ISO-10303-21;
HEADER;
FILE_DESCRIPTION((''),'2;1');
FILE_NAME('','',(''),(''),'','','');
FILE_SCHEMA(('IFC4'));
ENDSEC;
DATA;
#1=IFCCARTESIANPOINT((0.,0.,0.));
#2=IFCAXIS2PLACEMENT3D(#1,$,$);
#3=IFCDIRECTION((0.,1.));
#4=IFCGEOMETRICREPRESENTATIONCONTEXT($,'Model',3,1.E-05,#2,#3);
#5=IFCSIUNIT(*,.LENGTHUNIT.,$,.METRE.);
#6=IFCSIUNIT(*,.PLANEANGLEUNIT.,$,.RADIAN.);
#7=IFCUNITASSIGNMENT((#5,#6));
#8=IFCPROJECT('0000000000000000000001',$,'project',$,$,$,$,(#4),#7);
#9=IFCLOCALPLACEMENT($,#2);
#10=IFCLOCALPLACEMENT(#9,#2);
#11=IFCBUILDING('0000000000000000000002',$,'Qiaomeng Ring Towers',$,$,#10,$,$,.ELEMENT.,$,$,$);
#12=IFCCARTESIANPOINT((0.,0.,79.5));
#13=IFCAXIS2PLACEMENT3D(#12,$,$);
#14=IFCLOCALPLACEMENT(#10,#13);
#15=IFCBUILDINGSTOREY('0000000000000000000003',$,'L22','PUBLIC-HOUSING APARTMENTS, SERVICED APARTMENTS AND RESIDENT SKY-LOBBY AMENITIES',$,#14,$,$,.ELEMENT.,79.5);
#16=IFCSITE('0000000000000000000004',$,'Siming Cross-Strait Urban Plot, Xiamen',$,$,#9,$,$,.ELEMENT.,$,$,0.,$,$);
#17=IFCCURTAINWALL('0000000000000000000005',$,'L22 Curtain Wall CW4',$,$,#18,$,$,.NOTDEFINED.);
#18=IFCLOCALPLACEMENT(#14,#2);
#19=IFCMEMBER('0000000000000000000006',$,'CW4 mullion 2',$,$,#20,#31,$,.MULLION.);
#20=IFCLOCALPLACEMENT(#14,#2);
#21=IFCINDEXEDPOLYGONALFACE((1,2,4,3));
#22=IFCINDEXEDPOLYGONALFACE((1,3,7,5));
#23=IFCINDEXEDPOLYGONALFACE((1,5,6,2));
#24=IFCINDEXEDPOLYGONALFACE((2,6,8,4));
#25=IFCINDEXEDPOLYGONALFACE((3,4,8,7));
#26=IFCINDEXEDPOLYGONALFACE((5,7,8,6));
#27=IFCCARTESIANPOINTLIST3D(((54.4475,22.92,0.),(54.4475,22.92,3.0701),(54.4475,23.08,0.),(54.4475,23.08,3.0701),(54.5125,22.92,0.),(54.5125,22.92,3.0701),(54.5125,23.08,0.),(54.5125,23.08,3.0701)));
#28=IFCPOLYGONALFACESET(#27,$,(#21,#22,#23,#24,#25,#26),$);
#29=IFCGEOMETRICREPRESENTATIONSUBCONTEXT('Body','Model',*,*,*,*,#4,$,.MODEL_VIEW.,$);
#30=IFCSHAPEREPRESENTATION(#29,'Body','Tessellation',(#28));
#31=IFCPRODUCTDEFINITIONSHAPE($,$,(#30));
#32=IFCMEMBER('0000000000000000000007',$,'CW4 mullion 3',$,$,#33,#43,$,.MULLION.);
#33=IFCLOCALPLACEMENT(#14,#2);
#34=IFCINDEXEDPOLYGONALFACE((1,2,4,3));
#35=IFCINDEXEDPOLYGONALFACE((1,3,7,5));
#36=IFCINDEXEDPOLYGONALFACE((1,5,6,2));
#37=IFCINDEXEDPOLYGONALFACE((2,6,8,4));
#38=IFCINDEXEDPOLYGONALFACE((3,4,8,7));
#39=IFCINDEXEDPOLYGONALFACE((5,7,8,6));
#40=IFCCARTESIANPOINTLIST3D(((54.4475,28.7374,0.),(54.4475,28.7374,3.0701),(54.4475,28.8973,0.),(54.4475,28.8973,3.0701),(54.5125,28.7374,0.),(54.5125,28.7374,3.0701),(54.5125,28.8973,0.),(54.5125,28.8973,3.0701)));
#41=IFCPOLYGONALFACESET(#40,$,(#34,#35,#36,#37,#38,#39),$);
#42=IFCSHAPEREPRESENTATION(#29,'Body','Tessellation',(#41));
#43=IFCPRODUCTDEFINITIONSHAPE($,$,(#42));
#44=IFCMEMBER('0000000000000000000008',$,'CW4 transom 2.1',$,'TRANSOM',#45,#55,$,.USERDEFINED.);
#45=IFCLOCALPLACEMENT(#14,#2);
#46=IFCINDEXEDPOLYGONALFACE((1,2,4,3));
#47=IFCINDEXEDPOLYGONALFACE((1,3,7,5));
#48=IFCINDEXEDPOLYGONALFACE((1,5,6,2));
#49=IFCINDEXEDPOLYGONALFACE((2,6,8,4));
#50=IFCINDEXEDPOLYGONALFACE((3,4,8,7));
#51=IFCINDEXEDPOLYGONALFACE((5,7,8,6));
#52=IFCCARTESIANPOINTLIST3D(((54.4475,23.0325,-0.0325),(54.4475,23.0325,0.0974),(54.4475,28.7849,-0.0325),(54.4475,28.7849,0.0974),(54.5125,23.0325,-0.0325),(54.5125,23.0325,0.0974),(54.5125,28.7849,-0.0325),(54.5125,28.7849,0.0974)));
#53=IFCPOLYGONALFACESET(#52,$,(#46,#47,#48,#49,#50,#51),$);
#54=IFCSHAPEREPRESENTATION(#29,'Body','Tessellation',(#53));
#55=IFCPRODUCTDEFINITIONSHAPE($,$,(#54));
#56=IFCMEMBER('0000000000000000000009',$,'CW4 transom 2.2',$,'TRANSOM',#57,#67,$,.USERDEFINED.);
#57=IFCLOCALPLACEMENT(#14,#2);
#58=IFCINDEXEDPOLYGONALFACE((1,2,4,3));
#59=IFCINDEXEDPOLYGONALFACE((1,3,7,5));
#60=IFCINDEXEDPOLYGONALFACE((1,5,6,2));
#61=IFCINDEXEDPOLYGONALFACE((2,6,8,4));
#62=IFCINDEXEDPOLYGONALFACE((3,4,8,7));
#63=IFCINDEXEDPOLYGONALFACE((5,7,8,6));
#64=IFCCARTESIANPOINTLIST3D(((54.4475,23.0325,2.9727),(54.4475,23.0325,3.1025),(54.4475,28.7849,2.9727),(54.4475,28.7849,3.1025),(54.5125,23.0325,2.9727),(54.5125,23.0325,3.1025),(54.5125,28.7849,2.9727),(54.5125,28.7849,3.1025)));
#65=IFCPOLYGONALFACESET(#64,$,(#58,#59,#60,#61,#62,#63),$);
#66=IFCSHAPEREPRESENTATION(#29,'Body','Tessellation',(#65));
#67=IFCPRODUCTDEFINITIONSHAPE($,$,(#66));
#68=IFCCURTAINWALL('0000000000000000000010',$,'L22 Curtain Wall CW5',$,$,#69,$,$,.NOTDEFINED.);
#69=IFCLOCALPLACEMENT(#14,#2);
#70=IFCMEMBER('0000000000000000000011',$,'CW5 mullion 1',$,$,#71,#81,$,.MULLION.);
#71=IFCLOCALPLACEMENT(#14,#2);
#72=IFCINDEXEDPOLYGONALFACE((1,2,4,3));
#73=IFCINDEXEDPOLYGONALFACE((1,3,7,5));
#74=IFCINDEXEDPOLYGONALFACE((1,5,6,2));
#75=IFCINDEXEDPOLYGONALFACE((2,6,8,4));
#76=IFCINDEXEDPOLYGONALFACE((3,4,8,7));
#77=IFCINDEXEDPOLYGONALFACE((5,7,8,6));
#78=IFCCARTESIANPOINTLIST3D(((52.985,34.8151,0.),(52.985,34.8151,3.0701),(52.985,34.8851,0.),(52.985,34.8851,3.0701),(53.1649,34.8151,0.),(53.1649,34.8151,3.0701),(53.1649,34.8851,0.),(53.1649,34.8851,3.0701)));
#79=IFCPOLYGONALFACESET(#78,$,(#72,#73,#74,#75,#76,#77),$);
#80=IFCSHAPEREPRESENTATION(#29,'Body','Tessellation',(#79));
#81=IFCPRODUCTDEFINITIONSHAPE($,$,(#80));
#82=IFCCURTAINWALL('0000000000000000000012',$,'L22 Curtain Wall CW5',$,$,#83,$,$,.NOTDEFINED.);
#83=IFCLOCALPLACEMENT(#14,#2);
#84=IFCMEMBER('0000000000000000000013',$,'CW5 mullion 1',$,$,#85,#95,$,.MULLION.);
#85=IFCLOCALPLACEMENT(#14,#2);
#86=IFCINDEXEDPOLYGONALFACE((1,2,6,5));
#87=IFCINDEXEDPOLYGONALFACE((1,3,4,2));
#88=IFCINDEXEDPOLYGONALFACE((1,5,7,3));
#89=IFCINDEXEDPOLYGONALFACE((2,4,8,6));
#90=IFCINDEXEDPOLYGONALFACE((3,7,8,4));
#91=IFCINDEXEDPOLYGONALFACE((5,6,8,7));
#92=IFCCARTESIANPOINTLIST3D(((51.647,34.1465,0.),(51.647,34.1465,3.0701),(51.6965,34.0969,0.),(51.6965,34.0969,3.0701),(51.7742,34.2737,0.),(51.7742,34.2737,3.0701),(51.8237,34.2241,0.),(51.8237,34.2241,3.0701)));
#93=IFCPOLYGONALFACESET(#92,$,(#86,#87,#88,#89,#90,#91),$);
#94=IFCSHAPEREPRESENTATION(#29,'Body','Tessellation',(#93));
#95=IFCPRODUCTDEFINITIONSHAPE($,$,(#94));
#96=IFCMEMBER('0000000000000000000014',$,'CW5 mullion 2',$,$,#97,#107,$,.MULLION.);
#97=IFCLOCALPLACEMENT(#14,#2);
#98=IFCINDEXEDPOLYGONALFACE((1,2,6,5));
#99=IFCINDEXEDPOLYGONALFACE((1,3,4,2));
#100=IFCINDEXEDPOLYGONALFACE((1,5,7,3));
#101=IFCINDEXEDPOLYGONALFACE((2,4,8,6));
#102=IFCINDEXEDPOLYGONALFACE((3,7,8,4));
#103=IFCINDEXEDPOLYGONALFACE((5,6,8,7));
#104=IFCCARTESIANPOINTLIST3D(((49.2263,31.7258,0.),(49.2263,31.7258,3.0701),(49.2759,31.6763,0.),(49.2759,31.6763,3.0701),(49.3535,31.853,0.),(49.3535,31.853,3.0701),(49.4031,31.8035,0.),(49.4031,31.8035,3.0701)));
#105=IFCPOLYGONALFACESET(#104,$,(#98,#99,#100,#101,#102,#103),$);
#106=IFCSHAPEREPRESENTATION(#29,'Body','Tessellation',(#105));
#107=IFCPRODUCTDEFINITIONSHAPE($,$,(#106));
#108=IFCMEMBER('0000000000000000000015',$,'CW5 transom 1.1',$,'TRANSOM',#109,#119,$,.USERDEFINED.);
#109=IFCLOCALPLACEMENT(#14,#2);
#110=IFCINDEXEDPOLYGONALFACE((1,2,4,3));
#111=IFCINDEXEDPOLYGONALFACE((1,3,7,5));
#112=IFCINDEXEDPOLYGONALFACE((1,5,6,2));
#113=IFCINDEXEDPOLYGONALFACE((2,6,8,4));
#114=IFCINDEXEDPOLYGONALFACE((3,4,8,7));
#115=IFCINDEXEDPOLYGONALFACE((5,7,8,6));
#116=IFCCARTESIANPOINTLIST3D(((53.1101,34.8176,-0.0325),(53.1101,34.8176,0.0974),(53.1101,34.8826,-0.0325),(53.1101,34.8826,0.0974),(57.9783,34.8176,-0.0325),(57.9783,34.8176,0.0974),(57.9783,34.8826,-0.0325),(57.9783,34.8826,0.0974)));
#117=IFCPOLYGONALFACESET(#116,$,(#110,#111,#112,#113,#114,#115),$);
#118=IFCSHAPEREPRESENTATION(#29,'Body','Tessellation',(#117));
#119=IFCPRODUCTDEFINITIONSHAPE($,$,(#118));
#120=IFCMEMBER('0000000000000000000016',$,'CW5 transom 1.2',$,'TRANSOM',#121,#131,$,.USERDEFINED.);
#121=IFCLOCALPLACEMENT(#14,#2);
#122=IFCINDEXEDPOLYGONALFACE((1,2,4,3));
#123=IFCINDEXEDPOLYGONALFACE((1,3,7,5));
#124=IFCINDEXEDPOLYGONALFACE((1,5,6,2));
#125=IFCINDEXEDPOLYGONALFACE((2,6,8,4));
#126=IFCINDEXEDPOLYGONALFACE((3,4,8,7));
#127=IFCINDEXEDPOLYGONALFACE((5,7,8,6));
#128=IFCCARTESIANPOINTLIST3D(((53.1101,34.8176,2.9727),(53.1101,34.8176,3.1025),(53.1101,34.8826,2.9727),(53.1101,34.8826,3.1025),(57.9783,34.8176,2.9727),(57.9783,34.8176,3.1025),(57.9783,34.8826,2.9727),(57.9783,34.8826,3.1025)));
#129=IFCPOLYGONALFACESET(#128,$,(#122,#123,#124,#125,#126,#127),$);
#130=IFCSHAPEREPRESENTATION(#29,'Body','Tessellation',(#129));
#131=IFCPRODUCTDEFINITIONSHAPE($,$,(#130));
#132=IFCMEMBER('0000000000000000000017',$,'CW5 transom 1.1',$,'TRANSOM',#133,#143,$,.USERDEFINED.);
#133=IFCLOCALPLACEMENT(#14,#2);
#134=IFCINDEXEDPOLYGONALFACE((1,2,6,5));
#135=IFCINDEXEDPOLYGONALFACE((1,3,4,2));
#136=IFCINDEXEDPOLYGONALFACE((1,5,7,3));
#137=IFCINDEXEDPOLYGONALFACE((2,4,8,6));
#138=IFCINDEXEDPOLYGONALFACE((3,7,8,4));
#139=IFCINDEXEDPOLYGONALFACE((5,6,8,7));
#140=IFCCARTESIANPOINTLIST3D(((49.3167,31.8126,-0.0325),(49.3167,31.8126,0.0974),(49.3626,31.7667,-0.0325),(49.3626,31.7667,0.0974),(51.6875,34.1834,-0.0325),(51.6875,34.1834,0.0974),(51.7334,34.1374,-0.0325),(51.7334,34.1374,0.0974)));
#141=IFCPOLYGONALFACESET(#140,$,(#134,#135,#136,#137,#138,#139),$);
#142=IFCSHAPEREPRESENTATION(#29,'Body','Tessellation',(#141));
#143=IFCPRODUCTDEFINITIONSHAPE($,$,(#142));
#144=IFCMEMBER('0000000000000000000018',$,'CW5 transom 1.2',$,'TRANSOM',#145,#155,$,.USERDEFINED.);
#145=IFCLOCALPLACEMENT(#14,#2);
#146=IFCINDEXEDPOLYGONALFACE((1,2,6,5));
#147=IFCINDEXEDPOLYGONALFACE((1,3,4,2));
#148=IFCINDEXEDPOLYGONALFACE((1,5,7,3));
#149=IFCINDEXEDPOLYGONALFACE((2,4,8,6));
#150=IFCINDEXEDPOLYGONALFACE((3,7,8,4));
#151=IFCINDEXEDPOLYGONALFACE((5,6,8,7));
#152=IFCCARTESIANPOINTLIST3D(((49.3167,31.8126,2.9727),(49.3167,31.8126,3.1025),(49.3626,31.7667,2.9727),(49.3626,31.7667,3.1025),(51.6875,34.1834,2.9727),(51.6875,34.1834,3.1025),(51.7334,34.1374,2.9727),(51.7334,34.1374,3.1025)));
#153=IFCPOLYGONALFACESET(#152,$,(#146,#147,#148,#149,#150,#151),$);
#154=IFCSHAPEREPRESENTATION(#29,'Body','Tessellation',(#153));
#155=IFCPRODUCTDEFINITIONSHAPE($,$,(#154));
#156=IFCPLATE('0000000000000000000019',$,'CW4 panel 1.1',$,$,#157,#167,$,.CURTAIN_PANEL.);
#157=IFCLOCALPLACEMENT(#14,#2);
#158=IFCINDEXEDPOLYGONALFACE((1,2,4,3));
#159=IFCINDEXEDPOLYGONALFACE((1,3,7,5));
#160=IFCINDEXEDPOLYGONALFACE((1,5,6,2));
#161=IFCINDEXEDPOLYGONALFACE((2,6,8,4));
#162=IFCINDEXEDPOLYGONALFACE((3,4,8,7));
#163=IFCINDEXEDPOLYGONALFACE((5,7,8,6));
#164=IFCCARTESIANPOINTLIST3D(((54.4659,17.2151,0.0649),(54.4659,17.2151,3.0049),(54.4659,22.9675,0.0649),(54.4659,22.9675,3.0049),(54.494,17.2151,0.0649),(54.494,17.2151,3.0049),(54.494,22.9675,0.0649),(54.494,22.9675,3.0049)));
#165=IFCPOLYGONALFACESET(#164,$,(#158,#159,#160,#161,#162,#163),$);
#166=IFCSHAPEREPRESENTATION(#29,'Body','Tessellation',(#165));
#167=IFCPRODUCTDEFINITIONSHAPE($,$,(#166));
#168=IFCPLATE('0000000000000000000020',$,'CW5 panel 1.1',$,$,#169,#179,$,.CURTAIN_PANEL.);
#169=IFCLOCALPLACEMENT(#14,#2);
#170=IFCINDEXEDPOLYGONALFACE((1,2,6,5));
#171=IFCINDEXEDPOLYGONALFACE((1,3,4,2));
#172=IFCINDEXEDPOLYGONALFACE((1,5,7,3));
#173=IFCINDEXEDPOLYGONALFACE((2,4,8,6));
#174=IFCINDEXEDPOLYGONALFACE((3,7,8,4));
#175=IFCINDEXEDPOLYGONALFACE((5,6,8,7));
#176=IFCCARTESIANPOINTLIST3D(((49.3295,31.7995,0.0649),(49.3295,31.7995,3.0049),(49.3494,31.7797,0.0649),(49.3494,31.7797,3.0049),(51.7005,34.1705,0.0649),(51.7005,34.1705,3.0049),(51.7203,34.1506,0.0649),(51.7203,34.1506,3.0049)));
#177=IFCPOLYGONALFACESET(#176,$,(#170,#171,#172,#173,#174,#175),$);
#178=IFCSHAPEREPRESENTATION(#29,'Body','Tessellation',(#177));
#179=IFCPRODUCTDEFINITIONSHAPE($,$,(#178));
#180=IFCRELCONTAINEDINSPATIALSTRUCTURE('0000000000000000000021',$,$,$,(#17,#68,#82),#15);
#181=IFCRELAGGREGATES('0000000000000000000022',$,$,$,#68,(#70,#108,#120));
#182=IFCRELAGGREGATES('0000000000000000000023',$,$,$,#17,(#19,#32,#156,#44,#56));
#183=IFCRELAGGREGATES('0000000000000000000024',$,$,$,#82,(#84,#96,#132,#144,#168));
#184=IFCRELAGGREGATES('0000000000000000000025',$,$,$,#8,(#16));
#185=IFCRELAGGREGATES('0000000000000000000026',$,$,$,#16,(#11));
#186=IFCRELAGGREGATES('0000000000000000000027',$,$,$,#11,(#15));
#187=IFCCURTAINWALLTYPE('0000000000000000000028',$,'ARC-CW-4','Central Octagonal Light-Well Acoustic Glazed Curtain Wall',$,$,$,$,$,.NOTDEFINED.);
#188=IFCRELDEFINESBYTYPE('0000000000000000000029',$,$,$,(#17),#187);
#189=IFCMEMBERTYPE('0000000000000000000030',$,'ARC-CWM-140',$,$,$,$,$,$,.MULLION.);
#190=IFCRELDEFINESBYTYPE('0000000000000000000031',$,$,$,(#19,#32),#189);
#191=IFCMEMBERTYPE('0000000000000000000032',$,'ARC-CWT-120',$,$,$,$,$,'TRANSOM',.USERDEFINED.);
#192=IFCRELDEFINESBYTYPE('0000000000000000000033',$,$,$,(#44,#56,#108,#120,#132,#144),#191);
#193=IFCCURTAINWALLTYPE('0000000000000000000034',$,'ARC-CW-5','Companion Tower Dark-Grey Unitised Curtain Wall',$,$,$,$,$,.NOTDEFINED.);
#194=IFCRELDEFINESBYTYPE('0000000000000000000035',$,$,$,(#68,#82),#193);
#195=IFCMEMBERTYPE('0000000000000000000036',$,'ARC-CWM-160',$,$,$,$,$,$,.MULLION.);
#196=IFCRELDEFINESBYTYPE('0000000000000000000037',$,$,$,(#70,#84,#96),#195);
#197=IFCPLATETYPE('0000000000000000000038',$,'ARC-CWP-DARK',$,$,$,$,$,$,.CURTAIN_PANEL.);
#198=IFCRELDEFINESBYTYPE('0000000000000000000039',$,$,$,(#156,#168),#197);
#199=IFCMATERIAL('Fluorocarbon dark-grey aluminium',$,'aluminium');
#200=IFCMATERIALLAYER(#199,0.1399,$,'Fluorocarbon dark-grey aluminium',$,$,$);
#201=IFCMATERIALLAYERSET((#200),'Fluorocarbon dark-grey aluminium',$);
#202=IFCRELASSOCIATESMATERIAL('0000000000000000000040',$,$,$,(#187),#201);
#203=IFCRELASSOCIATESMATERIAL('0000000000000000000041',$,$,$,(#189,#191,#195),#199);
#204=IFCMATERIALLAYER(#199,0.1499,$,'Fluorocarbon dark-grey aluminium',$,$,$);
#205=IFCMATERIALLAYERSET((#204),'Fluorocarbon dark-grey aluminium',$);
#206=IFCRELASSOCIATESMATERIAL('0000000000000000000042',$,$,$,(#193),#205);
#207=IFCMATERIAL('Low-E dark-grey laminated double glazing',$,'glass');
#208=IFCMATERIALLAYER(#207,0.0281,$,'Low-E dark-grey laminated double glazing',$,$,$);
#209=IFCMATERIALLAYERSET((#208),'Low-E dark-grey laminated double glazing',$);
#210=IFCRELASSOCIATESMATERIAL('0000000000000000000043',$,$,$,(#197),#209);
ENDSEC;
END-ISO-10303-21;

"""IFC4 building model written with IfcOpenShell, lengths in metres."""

from ifc_helpers import new_model, si_unit, direction, frame, origin, origin_2d, place, context, subcontext, project, spatial, rectangle, extrude, source, transform, mapped, material, layer, layer_set, material_profile, profile_set, type_object, element, aggregate, save


model = new_model("IFC4")

# Units and contexts
model_context = context("Model", 3, precision=1e-05, world=origin(), true_north=direction((0.0, 1.0)))
body_context = subcontext(model_context, "Body", "Model", "MODEL_VIEW")
ifc_project = project(units=[si_unit("LENGTHUNIT", "METRE"), si_unit("PLANEANGLEUNIT", "RADIAN")], contexts=[model_context])

# Site, building, storey
site_placement = place(None, origin())
site = spatial("IfcSite", under=ifc_project, at=site_placement, Name="Siming Cross-Strait Urban Plot, Xiamen", CompositionType="ELEMENT", RefElevation=0.0)
building_placement = place(site_placement, origin())
building = spatial("IfcBuilding", under=site, at=building_placement, Name="Qiaomeng Ring Towers", CompositionType="ELEMENT")
storey_placement = place(building_placement, frame((0.0, 0.0, 79.5)))
storey = spatial("IfcBuildingStorey", under=building, at=storey_placement, Name="L22", Description="PUBLIC-HOUSING APARTMENTS, SERVICED APARTMENTS AND RESIDENT SKY-LOBBY AMENITIES", CompositionType="ELEMENT", Elevation=79.5)

# Curtain wall, members
ifc_material_1 = material(Name="Fluorocarbon dark-grey aluminium", Category="aluminium")
ifc_layer_1 = layer(ifc_material_1, 0.1399, Name="Fluorocarbon dark-grey aluminium")
ifc_layer_set_1 = layer_set([ifc_layer_1], Name="Fluorocarbon dark-grey aluminium")
curtain_wall_type_1 = type_object("IfcCurtainWallType", Name="ARC-CW-4", Description="Central Octagonal Light-Well Acoustic Glazed Curtain Wall", PredefinedType="NOTDEFINED", material=ifc_layer_set_1)
curtain_wall_1_placement = place(storey_placement, origin())
curtain_wall_1 = element("IfcCurtainWall", 1, at=curtain_wall_1_placement, inside=storey, type_object=curtain_wall_type_1, Name="L22 Curtain Wall CW4", PredefinedType="NOTDEFINED")
ifc_material_profile_1 = material_profile(ifc_material_1, rectangle(XDim=0.0649, YDim=0.1599, at=origin_2d()), Name="ALU MULL 65x160")
ifc_profile_set_1 = profile_set([ifc_material_profile_1], Name="Fluorocarbon dark-grey aluminium")
member_type_1 = type_object("IfcMemberType", Name="ARC-CWM-140", PredefinedType="MULLION", material=ifc_profile_set_1)
shared_shape_1 = source(origin(), body_context, "Body", "SweptSolid", [
    extrude(rectangle(XDim=0.0649, YDim=0.1599, at=origin_2d()), origin(), (0.0, 0.0, 1.0), 3.0701),
])
member_1_placement = place(storey_placement, frame((54.48, 23.0, 0.0), z_axis=(0.0, 0.0, 1.0), x_axis=(-1.0, 0.0, 0.0)))
member_1 = element("IfcMember", 2, at=member_1_placement, type_object=member_type_1, Name="CW4 mullion 2", PredefinedType="MULLION", context=body_context, shape_type="MappedRepresentation", body=[
    mapped(shared_shape_1, transform((0.0, 0.0, 0.0), x_axis=(1.0, 0.0, 0.0), y_axis=(0.0, 1.0, 0.0), z_axis=(0.0, 0.0, 1.0), scale=1.0)),
])
member_2_placement = place(storey_placement, frame((54.48, 28.8174, 0.0), z_axis=(0.0, 0.0, 1.0), x_axis=(-1.0, 0.0, 0.0)))
member_2 = element("IfcMember", 3, at=member_2_placement, type_object=member_type_1, Name="CW4 mullion 3", PredefinedType="MULLION", context=body_context, shape_type="MappedRepresentation", body=[
    mapped(shared_shape_1, transform((0.0, 0.0, 0.0), x_axis=(1.0, 0.0, 0.0), y_axis=(0.0, 1.0, 0.0), z_axis=(0.0, 0.0, 1.0), scale=1.0)),
])
ifc_material_profile_2 = material_profile(ifc_material_1, rectangle(XDim=0.0649, YDim=0.1299, at=origin_2d()), Name="ALU TRAN 65x130")
ifc_profile_set_2 = profile_set([ifc_material_profile_2], Name="Fluorocarbon dark-grey aluminium")
member_type_2 = type_object("IfcMemberType", Name="ARC-CWT-120", ElementType="TRANSOM", PredefinedType="USERDEFINED", material=ifc_profile_set_2)
shared_shape_2 = source(origin(), body_context, "Body", "SweptSolid", [
    extrude(rectangle(XDim=0.0649, YDim=0.1299, at=origin_2d()), origin(), (0.0, 0.0, 1.0), 5.7524),
])
member_3_placement = place(storey_placement, frame((54.48, 23.0325, 0.0325), z_axis=(0.0, 1.0, 0.0), x_axis=(-1.0, 0.0, 0.0)))
member_3 = element("IfcMember", 4, at=member_3_placement, type_object=member_type_2, Name="CW4 transom 2.1", ObjectType="TRANSOM", PredefinedType="USERDEFINED", context=body_context, shape_type="MappedRepresentation", body=[
    mapped(shared_shape_2, transform((0.0, 0.0, 0.0), x_axis=(1.0, 0.0, 0.0), y_axis=(0.0, 1.0, 0.0), z_axis=(0.0, 0.0, 1.0), scale=1.0)),
])
member_4_placement = place(storey_placement, frame((54.48, 23.0325, 3.0376), z_axis=(0.0, 1.0, 0.0), x_axis=(-1.0, 0.0, 0.0)))
member_4 = element("IfcMember", 5, at=member_4_placement, type_object=member_type_2, Name="CW4 transom 2.2", ObjectType="TRANSOM", PredefinedType="USERDEFINED", context=body_context, shape_type="MappedRepresentation", body=[
    mapped(shared_shape_2, transform((0.0, 0.0, 0.0), x_axis=(1.0, 0.0, 0.0), y_axis=(0.0, 1.0, 0.0), z_axis=(0.0, 0.0, 1.0), scale=1.0)),
])

# Curtain wall, member
ifc_layer_2 = layer(ifc_material_1, 0.1499, Name="Fluorocarbon dark-grey aluminium")
ifc_layer_set_2 = layer_set([ifc_layer_2], Name="Fluorocarbon dark-grey aluminium")
curtain_wall_type_2 = type_object("IfcCurtainWallType", Name="ARC-CW-5", Description="Companion Tower Dark-Grey Unitised Curtain Wall", PredefinedType="NOTDEFINED", material=ifc_layer_set_2)
curtain_wall_2_placement = place(storey_placement, origin())
curtain_wall_2 = element("IfcCurtainWall", 6, at=curtain_wall_2_placement, inside=storey, type_object=curtain_wall_type_2, Name="L22 Curtain Wall CW5", PredefinedType="NOTDEFINED")
ifc_material_profile_3 = material_profile(ifc_material_1, rectangle(XDim=0.0701, YDim=0.1799, at=origin_2d()), Name="ALU MULL 70x180")
ifc_profile_set_3 = profile_set([ifc_material_profile_3], Name="Fluorocarbon dark-grey aluminium")
member_type_3 = type_object("IfcMemberType", Name="ARC-CWM-160", PredefinedType="MULLION", material=ifc_profile_set_3)
shared_shape_3 = source(origin(), body_context, "Body", "SweptSolid", [
    extrude(rectangle(XDim=0.0701, YDim=0.1799, at=origin_2d()), origin(), (0.0, 0.0, 1.0), 3.0701),
])
member_5_placement = place(storey_placement, frame((53.075, 34.8501, 0.0), z_axis=(0.0, 0.0, 1.0), x_axis=(0.0, 1.0, 0.0)))
member_5 = element("IfcMember", 7, at=member_5_placement, type_object=member_type_3, Name="CW5 mullion 1", PredefinedType="MULLION", context=body_context, shape_type="MappedRepresentation", body=[
    mapped(shared_shape_3, transform((0.0, 0.0, 0.0), x_axis=(1.0, 0.0, 0.0), y_axis=(0.0, 1.0, 0.0), z_axis=(0.0, 0.0, 1.0), scale=1.0)),
])

# Curtain wall, members
curtain_wall_3_placement = place(storey_placement, origin())
curtain_wall_3 = element("IfcCurtainWall", 8, at=curtain_wall_3_placement, inside=storey, type_object=curtain_wall_type_2, Name="L22 Curtain Wall CW5", PredefinedType="NOTDEFINED")
member_6_placement = place(storey_placement, frame((51.7354, 34.1853, 0.0), z_axis=(0.0, 0.0, 1.0), x_axis=(0.707107, -0.707107, 0.0)))
member_6 = element("IfcMember", 9, at=member_6_placement, type_object=member_type_3, Name="CW5 mullion 1", PredefinedType="MULLION", context=body_context, shape_type="MappedRepresentation", body=[
    mapped(shared_shape_3, transform((0.0, 0.0, 0.0), x_axis=(1.0, 0.0, 0.0), y_axis=(0.0, 1.0, 0.0), z_axis=(0.0, 0.0, 1.0), scale=1.0)),
])
member_7_placement = place(storey_placement, frame((49.3147, 31.7646, 0.0), z_axis=(0.0, 0.0, 1.0), x_axis=(0.707107, -0.707107, 0.0)))
member_7 = element("IfcMember", 10, at=member_7_placement, type_object=member_type_3, Name="CW5 mullion 2", PredefinedType="MULLION", context=body_context, shape_type="MappedRepresentation", body=[
    mapped(shared_shape_3, transform((0.0, 0.0, 0.0), x_axis=(1.0, 0.0, 0.0), y_axis=(0.0, 1.0, 0.0), z_axis=(0.0, 0.0, 1.0), scale=1.0)),
])

# Members
shared_shape_4 = source(origin(), body_context, "Body", "SweptSolid", [
    extrude(rectangle(XDim=0.0649, YDim=0.1299, at=origin_2d()), origin(), (0.0, 0.0, 1.0), 4.8682),
])
member_8_placement = place(storey_placement, frame((53.1101, 34.8501, 0.0325), z_axis=(1.0, 0.0, 0.0), x_axis=(0.0, 1.0, 0.0)))
member_8 = element("IfcMember", 11, at=member_8_placement, type_object=member_type_2, Name="CW5 transom 1.1", ObjectType="TRANSOM", PredefinedType="USERDEFINED", context=body_context, shape_type="MappedRepresentation", body=[
    mapped(shared_shape_4, transform((0.0, 0.0, 0.0), x_axis=(1.0, 0.0, 0.0), y_axis=(0.0, 1.0, 0.0), z_axis=(0.0, 0.0, 1.0), scale=1.0)),
])
member_9_placement = place(storey_placement, frame((53.1101, 34.8501, 3.0376), z_axis=(1.0, 0.0, 0.0), x_axis=(0.0, 1.0, 0.0)))
member_9 = element("IfcMember", 12, at=member_9_placement, type_object=member_type_2, Name="CW5 transom 1.2", ObjectType="TRANSOM", PredefinedType="USERDEFINED", context=body_context, shape_type="MappedRepresentation", body=[
    mapped(shared_shape_4, transform((0.0, 0.0, 0.0), x_axis=(1.0, 0.0, 0.0), y_axis=(0.0, 1.0, 0.0), z_axis=(0.0, 0.0, 1.0), scale=1.0)),
])
aggregate(curtain_wall_2, [member_5, member_8, member_9])
shared_shape_5 = source(origin(), body_context, "Body", "SweptSolid", [
    extrude(rectangle(XDim=0.0649, YDim=0.1299, at=origin_2d()), origin(), (0.0, 0.0, 1.0), 3.3528),
])
member_10_placement = place(storey_placement, frame((51.7104, 34.1604, 0.0325), z_axis=(-0.707107, -0.707107, 0.0), x_axis=(0.707107, -0.707107, 0.0)))
member_10 = element("IfcMember", 13, at=member_10_placement, type_object=member_type_2, Name="CW5 transom 1.1", ObjectType="TRANSOM", PredefinedType="USERDEFINED", context=body_context, shape_type="MappedRepresentation", body=[
    mapped(shared_shape_5, transform((0.0, 0.0, 0.0), x_axis=(1.0, 0.0, 0.0), y_axis=(0.0, 1.0, 0.0), z_axis=(0.0, 0.0, 1.0), scale=1.0)),
])
member_11_placement = place(storey_placement, frame((51.7104, 34.1604, 3.0376), z_axis=(-0.707107, -0.707107, 0.0), x_axis=(0.707107, -0.707107, 0.0)))
member_11 = element("IfcMember", 14, at=member_11_placement, type_object=member_type_2, Name="CW5 transom 1.2", ObjectType="TRANSOM", PredefinedType="USERDEFINED", context=body_context, shape_type="MappedRepresentation", body=[
    mapped(shared_shape_5, transform((0.0, 0.0, 0.0), x_axis=(1.0, 0.0, 0.0), y_axis=(0.0, 1.0, 0.0), z_axis=(0.0, 0.0, 1.0), scale=1.0)),
])

# Plates
ifc_material_2 = material(Name="Low-E dark-grey laminated double glazing", Category="glass")
ifc_layer_3 = layer(ifc_material_2, 0.0281, Name="Low-E dark-grey laminated double glazing")
ifc_layer_set_3 = layer_set([ifc_layer_3], Name="Low-E dark-grey laminated double glazing")
plate_type = type_object("IfcPlateType", Name="ARC-CWP-DARK", PredefinedType="CURTAIN_PANEL", material=ifc_layer_set_3)
shared_shape_6 = source(origin(), body_context, "Body", "SweptSolid", [
    extrude(rectangle(XDim=5.7524, YDim=0.0281, at=origin_2d()), origin(), (0.0, 0.0, 1.0), 2.9399),
])
plate_1_placement = place(storey_placement, frame((54.48, 20.0913, 0.0649), z_axis=(0.0, 0.0, 1.0), x_axis=(0.0, 1.0, 0.0)))
plate_1 = element("IfcPlate", 15, at=plate_1_placement, type_object=plate_type, Name="CW4 panel 1.1", PredefinedType="CURTAIN_PANEL", context=body_context, shape_type="MappedRepresentation", body=[
    mapped(shared_shape_6, transform((0.0, 0.0, 0.0), x_axis=(1.0, 0.0, 0.0), y_axis=(0.0, 1.0, 0.0), z_axis=(0.0, 0.0, 1.0), scale=1.0)),
])
aggregate(curtain_wall_1, [member_1, member_2, plate_1, member_3, member_4])
shared_shape_7 = source(origin(), body_context, "Body", "SweptSolid", [
    extrude(rectangle(XDim=3.353, YDim=0.0281, at=origin_2d()), origin(), (0.0, 0.0, 1.0), 2.9399),
])
plate_2_placement = place(storey_placement, frame((50.5249, 32.9751, 0.0649), z_axis=(0.0, 0.0, 1.0), x_axis=(-0.707107, -0.707107, 0.0)))
plate_2 = element("IfcPlate", 16, at=plate_2_placement, type_object=plate_type, Name="CW5 panel 1.1", PredefinedType="CURTAIN_PANEL", context=body_context, shape_type="MappedRepresentation", body=[
    mapped(shared_shape_7, transform((0.0, 0.0, 0.0), x_axis=(1.0, 0.0, 0.0), y_axis=(0.0, 1.0, 0.0), z_axis=(0.0, 0.0, 1.0), scale=1.0)),
])
aggregate(curtain_wall_3, [member_6, member_7, member_10, member_11, plate_2])

save(model, "model.ifc")
